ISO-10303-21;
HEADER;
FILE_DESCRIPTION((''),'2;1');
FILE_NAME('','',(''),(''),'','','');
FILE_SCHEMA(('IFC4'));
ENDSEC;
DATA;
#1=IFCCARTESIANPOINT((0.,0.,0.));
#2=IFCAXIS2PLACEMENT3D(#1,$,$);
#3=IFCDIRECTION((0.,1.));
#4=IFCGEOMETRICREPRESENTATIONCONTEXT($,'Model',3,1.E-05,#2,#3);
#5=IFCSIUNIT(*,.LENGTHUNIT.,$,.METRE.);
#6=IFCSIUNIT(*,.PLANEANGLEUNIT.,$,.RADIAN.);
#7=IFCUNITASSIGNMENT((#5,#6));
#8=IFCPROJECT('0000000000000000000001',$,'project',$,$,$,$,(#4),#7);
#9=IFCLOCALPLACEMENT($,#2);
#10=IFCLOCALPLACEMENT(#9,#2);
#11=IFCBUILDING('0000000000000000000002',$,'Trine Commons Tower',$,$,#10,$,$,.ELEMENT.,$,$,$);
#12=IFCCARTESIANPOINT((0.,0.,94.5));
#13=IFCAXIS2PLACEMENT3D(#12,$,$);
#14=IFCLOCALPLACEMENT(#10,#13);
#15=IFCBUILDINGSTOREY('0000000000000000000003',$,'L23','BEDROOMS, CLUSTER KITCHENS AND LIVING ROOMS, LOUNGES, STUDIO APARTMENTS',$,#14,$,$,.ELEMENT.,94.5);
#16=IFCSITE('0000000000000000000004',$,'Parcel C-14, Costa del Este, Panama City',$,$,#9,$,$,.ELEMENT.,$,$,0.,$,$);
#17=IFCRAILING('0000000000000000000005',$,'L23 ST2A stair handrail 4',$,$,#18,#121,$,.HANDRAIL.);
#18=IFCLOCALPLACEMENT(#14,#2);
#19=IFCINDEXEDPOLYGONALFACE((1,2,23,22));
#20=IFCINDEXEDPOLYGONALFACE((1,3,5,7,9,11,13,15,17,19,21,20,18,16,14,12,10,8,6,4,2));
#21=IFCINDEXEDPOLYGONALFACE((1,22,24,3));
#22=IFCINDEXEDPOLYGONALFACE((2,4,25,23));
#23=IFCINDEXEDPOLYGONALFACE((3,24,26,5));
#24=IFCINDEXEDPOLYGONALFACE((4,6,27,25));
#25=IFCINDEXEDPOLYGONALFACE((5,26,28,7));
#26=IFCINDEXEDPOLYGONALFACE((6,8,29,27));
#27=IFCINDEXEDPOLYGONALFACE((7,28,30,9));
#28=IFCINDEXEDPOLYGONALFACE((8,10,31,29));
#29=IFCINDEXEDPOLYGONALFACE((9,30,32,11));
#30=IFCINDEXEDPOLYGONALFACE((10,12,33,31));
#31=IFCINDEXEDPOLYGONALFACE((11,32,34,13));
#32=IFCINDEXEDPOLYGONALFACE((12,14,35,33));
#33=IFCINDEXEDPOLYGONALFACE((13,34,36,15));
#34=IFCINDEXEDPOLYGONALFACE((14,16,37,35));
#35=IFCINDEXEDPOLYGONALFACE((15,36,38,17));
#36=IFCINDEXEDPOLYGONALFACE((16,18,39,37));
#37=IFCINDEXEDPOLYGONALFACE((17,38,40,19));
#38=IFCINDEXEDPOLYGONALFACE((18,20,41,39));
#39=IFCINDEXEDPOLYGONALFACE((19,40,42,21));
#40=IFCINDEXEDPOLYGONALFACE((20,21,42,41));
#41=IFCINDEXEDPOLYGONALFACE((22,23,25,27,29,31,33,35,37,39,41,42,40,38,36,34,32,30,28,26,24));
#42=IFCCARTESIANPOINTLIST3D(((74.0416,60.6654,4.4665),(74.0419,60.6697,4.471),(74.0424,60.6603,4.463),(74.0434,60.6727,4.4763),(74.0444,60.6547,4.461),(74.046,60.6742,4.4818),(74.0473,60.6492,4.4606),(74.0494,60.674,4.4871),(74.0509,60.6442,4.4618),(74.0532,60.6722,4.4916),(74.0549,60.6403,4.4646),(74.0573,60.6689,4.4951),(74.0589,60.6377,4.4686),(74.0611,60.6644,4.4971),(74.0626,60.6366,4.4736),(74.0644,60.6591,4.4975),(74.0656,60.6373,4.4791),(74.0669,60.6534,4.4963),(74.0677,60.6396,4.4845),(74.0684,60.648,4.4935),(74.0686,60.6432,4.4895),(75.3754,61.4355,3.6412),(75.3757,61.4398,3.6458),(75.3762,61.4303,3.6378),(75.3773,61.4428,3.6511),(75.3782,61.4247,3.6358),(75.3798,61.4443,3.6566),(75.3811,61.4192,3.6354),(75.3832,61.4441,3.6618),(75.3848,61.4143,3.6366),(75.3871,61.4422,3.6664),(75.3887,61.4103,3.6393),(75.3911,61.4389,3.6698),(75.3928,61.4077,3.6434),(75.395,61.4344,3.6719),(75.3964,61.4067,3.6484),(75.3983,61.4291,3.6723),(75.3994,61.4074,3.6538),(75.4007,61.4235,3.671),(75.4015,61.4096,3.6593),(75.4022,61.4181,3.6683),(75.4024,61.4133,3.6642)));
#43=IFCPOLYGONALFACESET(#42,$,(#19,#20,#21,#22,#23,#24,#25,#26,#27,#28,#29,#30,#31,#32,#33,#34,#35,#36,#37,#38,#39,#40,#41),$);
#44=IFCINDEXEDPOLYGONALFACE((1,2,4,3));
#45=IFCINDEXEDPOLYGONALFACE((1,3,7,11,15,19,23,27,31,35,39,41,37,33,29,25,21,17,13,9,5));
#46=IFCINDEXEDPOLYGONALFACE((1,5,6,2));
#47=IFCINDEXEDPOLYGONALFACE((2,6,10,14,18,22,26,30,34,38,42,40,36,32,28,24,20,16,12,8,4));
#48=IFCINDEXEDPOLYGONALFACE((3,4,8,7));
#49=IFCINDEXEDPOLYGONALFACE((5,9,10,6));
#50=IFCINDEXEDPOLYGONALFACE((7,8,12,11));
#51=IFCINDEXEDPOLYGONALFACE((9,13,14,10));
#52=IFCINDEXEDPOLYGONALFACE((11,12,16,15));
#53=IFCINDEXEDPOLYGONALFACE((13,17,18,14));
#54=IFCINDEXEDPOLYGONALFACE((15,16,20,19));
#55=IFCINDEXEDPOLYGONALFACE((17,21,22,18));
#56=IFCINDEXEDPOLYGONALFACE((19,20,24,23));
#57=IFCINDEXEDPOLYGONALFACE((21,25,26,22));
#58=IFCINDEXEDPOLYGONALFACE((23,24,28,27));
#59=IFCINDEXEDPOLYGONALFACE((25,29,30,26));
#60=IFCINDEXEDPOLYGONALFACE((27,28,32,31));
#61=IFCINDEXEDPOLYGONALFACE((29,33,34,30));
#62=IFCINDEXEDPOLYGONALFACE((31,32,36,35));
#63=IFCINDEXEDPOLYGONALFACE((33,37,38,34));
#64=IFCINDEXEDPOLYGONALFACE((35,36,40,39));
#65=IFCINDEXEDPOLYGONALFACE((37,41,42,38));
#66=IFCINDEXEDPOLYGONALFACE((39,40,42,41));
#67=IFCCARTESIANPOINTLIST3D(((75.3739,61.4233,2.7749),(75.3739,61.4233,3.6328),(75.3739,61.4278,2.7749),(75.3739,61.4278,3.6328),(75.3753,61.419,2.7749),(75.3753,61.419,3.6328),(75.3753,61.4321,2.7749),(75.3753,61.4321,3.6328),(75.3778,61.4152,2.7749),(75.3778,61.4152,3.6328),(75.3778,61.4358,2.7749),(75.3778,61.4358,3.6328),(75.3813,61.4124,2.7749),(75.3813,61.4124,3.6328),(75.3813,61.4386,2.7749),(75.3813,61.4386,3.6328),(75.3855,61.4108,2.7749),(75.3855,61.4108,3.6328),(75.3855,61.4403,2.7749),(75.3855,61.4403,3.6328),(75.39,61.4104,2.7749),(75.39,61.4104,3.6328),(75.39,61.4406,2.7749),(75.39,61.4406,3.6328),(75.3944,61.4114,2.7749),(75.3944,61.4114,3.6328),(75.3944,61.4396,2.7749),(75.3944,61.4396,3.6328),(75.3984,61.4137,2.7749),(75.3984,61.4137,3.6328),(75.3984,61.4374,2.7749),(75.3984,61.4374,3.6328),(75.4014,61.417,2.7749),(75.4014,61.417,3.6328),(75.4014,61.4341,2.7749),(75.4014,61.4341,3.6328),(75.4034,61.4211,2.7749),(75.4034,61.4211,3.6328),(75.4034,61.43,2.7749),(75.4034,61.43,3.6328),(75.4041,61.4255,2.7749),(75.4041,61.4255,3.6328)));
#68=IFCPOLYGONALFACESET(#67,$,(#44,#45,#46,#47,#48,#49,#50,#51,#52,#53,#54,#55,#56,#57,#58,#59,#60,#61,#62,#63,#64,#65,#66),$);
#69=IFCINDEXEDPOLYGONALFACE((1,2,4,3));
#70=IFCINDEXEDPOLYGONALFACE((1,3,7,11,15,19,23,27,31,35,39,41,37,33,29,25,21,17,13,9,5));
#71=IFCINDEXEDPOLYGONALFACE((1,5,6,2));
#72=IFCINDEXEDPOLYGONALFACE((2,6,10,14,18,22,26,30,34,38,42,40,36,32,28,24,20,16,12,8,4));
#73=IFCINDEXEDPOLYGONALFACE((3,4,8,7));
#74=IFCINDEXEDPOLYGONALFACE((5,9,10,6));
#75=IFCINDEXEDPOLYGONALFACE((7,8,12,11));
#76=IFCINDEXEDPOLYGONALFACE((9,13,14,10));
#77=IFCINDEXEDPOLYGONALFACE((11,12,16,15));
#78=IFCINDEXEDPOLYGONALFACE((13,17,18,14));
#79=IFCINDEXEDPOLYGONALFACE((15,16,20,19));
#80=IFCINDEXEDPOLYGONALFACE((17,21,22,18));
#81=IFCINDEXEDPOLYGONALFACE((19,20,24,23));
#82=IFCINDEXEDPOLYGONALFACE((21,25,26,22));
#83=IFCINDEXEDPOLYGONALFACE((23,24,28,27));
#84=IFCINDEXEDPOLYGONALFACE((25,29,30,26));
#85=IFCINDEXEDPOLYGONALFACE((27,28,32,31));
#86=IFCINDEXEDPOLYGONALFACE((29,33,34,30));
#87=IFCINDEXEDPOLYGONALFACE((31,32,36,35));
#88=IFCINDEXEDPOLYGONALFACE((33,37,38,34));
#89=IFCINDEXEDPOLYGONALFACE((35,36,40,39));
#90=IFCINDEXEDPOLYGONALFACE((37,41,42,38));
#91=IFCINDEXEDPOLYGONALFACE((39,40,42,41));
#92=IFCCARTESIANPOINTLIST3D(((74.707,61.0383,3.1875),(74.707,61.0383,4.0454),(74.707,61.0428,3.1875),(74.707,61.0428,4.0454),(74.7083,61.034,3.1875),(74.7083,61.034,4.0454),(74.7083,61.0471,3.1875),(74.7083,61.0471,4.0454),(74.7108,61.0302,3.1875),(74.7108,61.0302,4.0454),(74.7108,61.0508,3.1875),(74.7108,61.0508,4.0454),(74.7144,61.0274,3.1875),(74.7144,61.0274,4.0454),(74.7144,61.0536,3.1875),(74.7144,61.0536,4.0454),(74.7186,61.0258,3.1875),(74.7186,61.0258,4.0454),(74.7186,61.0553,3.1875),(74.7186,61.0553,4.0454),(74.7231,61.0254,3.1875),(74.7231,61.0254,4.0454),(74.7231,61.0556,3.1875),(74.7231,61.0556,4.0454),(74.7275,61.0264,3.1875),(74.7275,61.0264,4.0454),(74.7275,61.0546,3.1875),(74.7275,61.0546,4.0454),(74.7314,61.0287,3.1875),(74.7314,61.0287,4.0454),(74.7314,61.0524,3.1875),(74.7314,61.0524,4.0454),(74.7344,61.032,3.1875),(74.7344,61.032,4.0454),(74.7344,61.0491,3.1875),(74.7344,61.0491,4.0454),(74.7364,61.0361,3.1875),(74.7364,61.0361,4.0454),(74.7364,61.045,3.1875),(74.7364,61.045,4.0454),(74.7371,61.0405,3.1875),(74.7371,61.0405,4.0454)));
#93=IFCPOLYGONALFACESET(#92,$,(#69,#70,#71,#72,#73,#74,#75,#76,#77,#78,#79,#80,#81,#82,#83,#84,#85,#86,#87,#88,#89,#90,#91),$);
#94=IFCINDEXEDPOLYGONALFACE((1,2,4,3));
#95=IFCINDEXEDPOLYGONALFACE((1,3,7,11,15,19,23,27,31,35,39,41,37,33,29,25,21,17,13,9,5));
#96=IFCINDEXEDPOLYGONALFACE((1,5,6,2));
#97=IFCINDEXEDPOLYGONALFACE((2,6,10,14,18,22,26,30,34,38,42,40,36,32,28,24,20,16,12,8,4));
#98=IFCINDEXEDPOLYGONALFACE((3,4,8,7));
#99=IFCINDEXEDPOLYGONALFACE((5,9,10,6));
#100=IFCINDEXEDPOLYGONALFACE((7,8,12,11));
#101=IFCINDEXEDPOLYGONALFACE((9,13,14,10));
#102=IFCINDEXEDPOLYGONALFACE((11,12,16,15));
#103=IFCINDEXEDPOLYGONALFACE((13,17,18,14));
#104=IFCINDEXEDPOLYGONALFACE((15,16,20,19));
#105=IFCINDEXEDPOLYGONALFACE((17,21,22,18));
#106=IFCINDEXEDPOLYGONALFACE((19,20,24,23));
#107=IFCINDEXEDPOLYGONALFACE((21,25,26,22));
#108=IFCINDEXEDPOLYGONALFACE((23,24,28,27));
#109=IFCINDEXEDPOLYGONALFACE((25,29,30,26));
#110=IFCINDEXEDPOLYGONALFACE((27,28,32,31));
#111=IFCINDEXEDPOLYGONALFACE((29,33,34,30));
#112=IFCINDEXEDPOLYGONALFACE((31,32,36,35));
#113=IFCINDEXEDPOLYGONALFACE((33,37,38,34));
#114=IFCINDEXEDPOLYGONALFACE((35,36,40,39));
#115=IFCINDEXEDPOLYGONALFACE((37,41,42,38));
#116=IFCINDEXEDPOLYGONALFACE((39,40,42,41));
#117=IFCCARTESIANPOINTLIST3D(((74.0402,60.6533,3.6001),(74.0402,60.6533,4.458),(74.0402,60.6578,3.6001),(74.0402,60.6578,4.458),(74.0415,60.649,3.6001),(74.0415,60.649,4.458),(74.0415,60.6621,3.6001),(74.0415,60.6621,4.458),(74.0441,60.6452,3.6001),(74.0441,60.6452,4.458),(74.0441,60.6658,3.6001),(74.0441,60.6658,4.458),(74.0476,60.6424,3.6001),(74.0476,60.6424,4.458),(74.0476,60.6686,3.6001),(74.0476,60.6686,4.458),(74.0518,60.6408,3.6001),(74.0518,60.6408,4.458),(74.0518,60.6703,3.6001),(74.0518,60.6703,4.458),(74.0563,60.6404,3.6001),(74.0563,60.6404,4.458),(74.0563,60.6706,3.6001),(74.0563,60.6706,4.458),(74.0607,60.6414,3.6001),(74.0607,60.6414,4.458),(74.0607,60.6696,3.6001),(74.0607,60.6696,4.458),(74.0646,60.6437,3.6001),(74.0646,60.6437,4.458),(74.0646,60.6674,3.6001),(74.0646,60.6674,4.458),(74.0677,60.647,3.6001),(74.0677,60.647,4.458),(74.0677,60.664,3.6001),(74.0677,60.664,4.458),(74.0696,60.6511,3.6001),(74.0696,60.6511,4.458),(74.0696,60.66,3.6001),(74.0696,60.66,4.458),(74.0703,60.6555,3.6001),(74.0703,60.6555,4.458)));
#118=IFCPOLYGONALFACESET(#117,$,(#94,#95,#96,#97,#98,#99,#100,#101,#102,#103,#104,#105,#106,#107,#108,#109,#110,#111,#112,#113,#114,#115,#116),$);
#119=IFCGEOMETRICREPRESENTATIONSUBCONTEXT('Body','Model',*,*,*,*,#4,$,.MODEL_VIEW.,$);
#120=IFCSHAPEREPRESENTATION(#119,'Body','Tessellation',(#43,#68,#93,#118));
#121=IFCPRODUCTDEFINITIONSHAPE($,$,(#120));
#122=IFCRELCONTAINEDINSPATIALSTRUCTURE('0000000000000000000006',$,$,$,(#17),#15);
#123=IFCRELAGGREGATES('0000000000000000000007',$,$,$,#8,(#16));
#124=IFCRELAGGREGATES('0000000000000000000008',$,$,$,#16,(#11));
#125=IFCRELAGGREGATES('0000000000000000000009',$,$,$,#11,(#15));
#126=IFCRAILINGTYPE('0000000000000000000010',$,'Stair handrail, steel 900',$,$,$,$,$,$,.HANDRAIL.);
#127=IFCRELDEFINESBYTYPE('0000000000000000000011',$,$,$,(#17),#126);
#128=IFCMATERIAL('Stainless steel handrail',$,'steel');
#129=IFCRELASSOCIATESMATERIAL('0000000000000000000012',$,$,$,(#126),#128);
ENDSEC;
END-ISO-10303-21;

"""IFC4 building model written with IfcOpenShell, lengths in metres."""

from ifc_helpers import new_model, si_unit, direction, frame, origin, origin_2d, place, context, subcontext, project, spatial, circle, extrude, material, type_object, element, save


model = new_model("IFC4")

# Units and contexts
model_context = context("Model", 3, precision=1e-05, world=origin(), true_north=direction((0.0, 1.0)))
body_context = subcontext(model_context, "Body", "Model", "MODEL_VIEW")
ifc_project = project(units=[si_unit("LENGTHUNIT", "METRE"), si_unit("PLANEANGLEUNIT", "RADIAN")], contexts=[model_context])

# Site, building, storey
site_placement = place(None, origin())
site = spatial("IfcSite", under=ifc_project, at=site_placement, Name="Parcel C-14, Costa del Este, Panama City", CompositionType="ELEMENT", RefElevation=0.0)
building_placement = place(site_placement, origin())
building = spatial("IfcBuilding", under=site, at=building_placement, Name="Trine Commons Tower", CompositionType="ELEMENT")
storey_placement = place(building_placement, frame((0.0, 0.0, 94.5)))
storey = spatial("IfcBuildingStorey", under=building, at=storey_placement, Name="L23", Description="BEDROOMS, CLUSTER KITCHENS AND LIVING ROOMS, LOUNGES, STUDIO APARTMENTS", CompositionType="ELEMENT", Elevation=94.5)

# Railing
ifc_material_1 = material(Name="Stainless steel handrail", Category="steel")
railing_type_1 = type_object("IfcRailingType", Name="Stair handrail, steel 900", PredefinedType="HANDRAIL", material=ifc_material_1)
railing_1_placement = place(storey_placement, frame((75.3889, 61.4255, 2.7749)))
element("IfcRailing", 1, at=railing_1_placement, inside=storey, type_object=railing_type_1, Name="L23 ST2A stair handrail 4", PredefinedType="HANDRAIL", context=body_context, shape_type="SweptSolid", body=[
    extrude(circle(Radius=0.021, at=origin_2d()), frame((0.0, 0.0, 0.8789), z_axis=(-0.763355, -0.440714, 0.472293), x_axis=(0.499992, -0.86603, 0.0)), (0.0, 0.0, 1.0), 1.7473),
    extrude(circle(Radius=0.0151, at=origin_2d()), origin(), (0.0, 0.0, 1.0), 0.8579),
    extrude(circle(Radius=0.0151, at=origin_2d()), frame((-0.667, -0.385, 0.4126)), (0.0, 0.0, 1.0), 0.8579),
    extrude(circle(Radius=0.0151, at=origin_2d()), frame((-1.3337, -0.77, 0.8252)), (0.0, 0.0, 1.0), 0.8579),
])

save(model, "model.ifc")
